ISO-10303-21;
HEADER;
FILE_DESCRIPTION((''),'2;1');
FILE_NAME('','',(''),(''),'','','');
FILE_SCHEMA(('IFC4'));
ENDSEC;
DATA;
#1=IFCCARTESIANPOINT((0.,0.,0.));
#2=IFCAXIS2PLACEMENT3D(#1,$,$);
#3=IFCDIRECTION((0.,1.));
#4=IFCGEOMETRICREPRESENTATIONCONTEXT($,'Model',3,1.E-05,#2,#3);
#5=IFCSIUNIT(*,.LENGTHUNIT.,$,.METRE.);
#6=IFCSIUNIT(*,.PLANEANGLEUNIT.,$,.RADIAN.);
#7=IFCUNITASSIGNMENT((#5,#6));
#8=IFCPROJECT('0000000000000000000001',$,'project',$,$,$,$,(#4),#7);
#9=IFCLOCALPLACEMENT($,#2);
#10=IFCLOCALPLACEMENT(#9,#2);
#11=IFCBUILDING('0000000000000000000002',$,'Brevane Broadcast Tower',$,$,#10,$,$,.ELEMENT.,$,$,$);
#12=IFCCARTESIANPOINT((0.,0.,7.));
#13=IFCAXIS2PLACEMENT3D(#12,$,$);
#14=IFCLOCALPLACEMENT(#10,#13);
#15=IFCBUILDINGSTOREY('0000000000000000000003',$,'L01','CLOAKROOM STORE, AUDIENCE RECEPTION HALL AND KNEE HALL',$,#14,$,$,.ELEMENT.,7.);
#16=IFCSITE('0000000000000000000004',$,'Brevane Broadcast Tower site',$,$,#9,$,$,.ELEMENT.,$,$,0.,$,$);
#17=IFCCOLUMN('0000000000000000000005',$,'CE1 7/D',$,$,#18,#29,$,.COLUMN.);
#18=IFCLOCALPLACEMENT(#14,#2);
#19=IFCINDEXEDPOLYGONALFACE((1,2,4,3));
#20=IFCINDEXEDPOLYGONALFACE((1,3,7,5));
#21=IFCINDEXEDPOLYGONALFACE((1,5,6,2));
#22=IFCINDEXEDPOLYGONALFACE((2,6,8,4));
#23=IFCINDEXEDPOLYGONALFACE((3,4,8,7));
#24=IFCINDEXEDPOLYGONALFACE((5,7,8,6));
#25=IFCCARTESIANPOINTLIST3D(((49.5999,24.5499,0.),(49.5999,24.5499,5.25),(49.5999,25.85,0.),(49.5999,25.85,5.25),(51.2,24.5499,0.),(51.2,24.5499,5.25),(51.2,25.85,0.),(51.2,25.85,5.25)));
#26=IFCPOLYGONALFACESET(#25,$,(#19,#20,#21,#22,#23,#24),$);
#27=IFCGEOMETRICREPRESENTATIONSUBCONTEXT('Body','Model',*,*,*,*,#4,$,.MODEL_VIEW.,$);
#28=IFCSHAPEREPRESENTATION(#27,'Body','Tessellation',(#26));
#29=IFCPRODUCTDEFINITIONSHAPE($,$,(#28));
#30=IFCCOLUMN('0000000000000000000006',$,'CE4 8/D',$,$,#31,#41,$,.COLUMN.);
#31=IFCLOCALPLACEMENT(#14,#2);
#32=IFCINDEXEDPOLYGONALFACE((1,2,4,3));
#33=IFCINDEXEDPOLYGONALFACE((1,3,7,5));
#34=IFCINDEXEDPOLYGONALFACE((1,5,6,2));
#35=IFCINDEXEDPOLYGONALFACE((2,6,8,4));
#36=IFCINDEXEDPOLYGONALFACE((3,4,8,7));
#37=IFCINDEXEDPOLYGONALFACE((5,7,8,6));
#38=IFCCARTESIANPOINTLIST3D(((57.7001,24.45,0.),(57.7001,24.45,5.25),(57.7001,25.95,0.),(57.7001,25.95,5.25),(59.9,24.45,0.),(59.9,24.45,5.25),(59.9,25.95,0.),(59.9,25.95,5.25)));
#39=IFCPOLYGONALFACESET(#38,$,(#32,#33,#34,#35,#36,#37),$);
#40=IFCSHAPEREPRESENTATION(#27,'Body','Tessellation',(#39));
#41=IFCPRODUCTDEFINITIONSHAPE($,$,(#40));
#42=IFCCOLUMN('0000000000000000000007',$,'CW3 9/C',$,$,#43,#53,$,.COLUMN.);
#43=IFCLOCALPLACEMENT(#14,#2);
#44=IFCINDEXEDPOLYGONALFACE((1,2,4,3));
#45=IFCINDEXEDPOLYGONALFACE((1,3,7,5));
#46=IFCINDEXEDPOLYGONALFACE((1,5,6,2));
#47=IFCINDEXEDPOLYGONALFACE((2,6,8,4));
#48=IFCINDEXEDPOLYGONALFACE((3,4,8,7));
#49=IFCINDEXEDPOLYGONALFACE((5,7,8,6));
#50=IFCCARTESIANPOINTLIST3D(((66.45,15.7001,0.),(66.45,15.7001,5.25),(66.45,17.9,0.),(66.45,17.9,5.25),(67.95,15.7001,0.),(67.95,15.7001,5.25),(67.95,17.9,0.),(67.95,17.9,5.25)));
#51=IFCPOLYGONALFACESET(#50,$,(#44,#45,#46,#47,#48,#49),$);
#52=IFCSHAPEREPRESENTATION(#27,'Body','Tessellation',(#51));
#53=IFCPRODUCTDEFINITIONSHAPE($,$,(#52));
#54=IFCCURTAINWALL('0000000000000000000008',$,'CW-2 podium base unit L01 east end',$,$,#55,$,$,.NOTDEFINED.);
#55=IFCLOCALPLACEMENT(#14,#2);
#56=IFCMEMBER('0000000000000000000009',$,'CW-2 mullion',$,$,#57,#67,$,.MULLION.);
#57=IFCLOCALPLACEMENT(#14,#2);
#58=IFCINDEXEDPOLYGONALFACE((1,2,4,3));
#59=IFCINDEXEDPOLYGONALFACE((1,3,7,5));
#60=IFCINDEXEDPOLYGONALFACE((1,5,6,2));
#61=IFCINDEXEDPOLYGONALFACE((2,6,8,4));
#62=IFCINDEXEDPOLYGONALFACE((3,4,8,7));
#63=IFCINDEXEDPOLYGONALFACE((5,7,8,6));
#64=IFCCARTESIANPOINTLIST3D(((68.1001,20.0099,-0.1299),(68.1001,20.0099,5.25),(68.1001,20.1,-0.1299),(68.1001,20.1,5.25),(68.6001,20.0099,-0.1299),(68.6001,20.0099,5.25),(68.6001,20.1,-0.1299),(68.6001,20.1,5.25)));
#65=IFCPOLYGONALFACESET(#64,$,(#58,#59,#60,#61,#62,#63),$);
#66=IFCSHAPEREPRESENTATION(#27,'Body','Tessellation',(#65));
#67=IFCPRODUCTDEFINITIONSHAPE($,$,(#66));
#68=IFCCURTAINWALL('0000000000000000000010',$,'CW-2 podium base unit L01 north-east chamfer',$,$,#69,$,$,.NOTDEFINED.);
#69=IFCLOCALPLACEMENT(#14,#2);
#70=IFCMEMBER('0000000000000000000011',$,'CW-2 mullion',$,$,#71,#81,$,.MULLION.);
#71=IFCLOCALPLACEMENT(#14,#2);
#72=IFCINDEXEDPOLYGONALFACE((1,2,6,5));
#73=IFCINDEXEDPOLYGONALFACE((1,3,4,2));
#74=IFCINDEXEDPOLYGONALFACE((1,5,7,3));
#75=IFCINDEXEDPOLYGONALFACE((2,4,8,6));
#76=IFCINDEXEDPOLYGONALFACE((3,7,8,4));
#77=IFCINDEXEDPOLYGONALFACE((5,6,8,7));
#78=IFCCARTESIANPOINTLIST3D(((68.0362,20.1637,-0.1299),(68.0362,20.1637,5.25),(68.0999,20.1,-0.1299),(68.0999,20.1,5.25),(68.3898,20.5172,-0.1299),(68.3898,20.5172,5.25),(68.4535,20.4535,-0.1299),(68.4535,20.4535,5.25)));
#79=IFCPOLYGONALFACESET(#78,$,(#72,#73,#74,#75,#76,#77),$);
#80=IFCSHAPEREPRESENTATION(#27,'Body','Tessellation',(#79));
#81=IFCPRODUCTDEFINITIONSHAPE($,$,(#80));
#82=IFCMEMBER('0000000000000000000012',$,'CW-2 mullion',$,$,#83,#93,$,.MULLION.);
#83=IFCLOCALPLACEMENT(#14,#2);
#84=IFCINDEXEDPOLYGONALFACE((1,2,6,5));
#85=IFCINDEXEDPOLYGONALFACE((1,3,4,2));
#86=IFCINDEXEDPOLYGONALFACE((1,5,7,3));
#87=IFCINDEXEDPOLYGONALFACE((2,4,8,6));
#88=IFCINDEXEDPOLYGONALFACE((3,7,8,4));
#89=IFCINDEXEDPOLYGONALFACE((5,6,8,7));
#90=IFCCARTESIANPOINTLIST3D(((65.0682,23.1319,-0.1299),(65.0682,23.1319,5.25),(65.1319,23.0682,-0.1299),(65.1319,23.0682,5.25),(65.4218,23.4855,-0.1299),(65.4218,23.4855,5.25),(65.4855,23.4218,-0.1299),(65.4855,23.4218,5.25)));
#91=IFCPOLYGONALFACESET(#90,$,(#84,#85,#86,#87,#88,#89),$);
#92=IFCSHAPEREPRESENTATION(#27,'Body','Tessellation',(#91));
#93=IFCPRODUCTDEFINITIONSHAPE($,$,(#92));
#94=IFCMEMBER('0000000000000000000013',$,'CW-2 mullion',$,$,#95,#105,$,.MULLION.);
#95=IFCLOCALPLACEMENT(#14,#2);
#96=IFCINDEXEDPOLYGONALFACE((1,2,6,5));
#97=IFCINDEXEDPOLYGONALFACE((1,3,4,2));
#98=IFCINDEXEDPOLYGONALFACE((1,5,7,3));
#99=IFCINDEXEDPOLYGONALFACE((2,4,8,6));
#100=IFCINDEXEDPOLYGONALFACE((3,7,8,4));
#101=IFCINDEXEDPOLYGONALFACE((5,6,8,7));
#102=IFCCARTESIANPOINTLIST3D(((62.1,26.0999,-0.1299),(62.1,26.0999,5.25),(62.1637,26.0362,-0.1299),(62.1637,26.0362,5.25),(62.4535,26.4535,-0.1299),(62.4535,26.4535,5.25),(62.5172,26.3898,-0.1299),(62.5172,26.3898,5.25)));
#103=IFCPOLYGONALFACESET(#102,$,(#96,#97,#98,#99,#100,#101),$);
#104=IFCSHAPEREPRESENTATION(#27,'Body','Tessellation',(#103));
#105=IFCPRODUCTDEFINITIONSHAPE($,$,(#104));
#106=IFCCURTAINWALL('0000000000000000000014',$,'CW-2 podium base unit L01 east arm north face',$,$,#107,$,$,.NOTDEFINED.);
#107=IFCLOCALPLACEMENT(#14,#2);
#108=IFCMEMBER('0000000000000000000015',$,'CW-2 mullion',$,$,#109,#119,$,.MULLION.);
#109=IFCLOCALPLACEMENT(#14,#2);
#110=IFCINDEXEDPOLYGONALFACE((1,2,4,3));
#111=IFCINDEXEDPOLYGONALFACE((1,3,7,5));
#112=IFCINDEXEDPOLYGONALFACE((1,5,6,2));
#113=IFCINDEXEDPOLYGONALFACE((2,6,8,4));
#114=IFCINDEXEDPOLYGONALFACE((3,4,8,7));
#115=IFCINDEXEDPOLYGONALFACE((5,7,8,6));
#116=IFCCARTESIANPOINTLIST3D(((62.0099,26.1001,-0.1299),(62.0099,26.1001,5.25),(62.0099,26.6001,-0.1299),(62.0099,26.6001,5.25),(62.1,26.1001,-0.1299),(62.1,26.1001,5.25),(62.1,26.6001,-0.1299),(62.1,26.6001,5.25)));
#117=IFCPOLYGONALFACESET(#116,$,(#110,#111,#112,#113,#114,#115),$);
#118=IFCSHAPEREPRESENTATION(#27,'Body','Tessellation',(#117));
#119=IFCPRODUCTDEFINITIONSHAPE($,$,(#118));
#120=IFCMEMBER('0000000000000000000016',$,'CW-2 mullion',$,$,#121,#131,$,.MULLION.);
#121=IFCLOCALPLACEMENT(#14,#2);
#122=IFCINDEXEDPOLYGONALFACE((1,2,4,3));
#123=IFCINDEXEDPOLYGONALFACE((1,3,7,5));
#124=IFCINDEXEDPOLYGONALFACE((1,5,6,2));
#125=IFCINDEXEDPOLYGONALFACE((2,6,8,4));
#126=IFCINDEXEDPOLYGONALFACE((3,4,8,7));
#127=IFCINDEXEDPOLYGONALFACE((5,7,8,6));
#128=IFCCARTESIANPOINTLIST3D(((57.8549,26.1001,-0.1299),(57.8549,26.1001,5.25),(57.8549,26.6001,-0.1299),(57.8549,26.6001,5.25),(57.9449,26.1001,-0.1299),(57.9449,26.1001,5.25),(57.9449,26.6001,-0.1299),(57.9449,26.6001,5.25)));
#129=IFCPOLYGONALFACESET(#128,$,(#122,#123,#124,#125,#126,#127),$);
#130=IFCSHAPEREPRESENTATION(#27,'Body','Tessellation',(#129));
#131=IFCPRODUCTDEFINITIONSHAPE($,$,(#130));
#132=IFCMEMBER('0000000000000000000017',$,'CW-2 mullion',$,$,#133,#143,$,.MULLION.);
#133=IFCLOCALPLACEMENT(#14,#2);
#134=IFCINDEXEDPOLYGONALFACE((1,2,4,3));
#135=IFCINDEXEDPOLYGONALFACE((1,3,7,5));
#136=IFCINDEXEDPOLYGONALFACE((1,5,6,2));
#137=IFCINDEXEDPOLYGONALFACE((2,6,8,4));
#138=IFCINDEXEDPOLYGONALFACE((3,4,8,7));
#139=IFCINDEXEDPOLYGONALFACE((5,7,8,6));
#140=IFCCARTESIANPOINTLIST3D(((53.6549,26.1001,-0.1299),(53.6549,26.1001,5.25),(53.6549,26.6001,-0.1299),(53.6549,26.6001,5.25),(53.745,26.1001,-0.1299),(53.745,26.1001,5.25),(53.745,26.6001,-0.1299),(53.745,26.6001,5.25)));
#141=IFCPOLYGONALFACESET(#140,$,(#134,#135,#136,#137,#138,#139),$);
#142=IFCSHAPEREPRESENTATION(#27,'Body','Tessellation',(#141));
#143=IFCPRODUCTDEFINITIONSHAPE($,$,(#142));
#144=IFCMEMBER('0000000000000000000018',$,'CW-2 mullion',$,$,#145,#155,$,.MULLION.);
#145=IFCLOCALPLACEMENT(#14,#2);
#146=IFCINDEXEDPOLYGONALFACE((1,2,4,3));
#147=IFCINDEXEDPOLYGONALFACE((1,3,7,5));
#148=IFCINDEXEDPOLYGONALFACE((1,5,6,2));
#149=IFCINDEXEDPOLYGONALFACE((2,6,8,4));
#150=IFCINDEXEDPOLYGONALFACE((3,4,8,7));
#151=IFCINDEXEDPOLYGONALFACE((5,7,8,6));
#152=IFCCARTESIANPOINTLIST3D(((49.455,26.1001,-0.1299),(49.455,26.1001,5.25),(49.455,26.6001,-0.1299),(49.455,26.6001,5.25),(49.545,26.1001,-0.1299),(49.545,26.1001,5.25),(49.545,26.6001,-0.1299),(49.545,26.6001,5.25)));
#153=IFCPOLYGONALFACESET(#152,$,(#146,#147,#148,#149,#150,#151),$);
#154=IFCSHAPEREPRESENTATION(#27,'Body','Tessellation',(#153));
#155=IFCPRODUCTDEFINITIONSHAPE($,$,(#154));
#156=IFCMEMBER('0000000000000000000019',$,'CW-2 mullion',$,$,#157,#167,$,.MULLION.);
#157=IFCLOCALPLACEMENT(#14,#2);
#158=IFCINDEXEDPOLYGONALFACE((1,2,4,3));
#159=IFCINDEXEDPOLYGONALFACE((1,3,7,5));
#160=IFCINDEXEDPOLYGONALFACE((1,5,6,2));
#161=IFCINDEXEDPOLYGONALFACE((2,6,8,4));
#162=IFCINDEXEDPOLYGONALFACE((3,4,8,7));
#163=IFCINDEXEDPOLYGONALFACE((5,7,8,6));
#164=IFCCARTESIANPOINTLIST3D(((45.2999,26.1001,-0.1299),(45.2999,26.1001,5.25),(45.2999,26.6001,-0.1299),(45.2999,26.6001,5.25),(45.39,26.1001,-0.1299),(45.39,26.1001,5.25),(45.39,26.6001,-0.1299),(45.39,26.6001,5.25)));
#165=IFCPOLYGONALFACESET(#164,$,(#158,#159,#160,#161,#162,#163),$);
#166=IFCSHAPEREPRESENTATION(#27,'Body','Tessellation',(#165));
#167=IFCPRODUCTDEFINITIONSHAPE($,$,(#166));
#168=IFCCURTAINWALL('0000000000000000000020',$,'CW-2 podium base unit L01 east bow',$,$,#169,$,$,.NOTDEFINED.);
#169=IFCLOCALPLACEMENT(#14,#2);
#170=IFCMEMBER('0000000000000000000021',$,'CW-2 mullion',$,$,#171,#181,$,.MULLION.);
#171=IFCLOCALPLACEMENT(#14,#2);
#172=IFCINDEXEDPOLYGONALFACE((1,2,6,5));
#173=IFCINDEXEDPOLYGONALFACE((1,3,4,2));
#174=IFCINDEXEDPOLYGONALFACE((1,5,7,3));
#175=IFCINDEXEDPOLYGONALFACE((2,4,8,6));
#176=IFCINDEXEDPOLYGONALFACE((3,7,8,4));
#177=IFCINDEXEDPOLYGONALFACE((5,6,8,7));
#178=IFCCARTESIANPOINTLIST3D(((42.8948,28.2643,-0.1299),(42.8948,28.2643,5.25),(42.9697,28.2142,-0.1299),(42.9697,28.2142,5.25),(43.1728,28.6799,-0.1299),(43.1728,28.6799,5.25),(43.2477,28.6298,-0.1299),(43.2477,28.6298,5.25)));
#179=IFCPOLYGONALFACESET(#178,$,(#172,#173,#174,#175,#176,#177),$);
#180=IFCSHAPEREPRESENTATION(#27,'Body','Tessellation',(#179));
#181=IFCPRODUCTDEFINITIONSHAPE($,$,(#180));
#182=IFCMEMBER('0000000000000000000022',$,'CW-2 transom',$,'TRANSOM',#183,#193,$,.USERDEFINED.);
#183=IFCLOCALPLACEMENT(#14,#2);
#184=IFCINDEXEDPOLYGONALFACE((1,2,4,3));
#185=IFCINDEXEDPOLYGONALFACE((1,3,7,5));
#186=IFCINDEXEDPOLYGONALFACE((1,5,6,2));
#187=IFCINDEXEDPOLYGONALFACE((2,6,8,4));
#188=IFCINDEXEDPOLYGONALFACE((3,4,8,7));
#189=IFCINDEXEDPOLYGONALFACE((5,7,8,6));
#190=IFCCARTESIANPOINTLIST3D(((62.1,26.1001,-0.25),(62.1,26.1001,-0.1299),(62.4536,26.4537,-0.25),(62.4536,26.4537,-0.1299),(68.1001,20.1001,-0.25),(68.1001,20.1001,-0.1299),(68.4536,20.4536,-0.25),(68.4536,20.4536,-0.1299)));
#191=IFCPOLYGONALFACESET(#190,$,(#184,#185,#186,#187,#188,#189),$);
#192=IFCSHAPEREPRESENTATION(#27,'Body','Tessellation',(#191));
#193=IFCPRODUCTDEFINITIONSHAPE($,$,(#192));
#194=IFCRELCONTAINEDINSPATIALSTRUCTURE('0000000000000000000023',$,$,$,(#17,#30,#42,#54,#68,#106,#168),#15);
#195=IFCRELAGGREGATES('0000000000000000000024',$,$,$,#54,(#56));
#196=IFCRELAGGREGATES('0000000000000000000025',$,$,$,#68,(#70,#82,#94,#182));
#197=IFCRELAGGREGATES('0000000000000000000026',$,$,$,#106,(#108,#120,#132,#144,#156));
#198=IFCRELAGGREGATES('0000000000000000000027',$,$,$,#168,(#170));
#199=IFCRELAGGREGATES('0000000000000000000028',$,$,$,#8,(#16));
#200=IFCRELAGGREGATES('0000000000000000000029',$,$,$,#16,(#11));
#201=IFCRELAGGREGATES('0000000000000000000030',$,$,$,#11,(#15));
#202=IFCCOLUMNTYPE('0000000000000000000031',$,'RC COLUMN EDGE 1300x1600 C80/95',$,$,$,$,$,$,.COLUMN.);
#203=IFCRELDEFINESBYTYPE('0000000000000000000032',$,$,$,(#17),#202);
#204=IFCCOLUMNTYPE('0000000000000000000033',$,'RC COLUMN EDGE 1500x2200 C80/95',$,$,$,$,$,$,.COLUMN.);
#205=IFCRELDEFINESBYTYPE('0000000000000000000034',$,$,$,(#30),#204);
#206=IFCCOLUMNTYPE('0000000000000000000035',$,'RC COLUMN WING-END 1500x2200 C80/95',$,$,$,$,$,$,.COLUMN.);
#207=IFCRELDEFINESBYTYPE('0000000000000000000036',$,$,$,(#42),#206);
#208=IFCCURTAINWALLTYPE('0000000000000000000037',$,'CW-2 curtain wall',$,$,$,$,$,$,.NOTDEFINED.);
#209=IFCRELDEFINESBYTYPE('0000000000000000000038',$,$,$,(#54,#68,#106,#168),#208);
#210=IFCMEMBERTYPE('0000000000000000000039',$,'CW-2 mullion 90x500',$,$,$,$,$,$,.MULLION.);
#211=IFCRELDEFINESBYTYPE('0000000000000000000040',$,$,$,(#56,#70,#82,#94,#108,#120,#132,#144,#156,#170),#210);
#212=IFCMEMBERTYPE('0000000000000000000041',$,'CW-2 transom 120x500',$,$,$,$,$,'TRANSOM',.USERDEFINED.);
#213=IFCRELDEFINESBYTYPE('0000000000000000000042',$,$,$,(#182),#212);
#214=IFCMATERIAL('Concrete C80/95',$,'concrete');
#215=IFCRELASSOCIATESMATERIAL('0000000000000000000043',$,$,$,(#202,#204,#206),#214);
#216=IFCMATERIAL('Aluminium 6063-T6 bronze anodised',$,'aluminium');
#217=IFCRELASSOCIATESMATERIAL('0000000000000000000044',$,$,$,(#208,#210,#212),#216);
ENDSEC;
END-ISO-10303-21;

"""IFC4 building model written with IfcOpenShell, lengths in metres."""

from ifc_helpers import new_model, si_unit, direction, frame, origin, origin_2d, place, context, subcontext, project, spatial, rectangle, extrude, material, material_profile, profile_set, type_object, element, aggregate, save


model = new_model("IFC4")

# Units and contexts
model_context = context("Model", 3, precision=1e-05, world=origin(), true_north=direction((0.0, 1.0)))
body_context = subcontext(model_context, "Body", "Model", "MODEL_VIEW")
ifc_project = project(units=[si_unit("LENGTHUNIT", "METRE"), si_unit("PLANEANGLEUNIT", "RADIAN")], contexts=[model_context])

# Site, building, storey
site_placement = place(None, origin())
site = spatial("IfcSite", under=ifc_project, at=site_placement, Name="Brevane Broadcast Tower site", CompositionType="ELEMENT", RefElevation=0.0)
building_placement = place(site_placement, origin())
building = spatial("IfcBuilding", under=site, at=building_placement, Name="Brevane Broadcast Tower", CompositionType="ELEMENT")
storey_placement = place(building_placement, frame((0.0, 0.0, 7.0)))
storey = spatial("IfcBuildingStorey", under=building, at=storey_placement, Name="L01", Description="CLOAKROOM STORE, AUDIENCE RECEPTION HALL AND KNEE HALL", CompositionType="ELEMENT", Elevation=7.0)

# Columns
ifc_material_1 = material(Name="Concrete C80/95", Category="concrete")
ifc_material_profile_1 = material_profile(ifc_material_1, rectangle(XDim=1.3, YDim=1.6001, at=origin_2d()), Name="RC 1300x1600")
ifc_profile_set_1 = profile_set([ifc_material_profile_1], Name="Concrete C80/95")
column_type_1 = type_object("IfcColumnType", Name="RC COLUMN EDGE 1300x1600 C80/95", PredefinedType="COLUMN", material=ifc_profile_set_1)
column_1_placement = place(storey_placement, frame((50.3999, 25.2, 0.0), z_axis=(0.0, 0.0, 1.0), x_axis=(0.0, 1.0, 0.0)))
element("IfcColumn", 1, at=column_1_placement, inside=storey, type_object=column_type_1, Name="CE1 7/D", PredefinedType="COLUMN", context=body_context, shape_type="SweptSolid", body=[
    extrude(rectangle(XDim=1.3, YDim=1.6001, at=origin_2d()), origin(), (0.0, 0.0, 1.0), 5.25),
])
ifc_material_profile_2 = material_profile(ifc_material_1, rectangle(XDim=1.5, YDim=2.2, at=origin_2d()), Name="RC 1500x2200")
ifc_profile_set_2 = profile_set([ifc_material_profile_2], Name="Concrete C80/95")
column_type_2 = type_object("IfcColumnType", Name="RC COLUMN EDGE 1500x2200 C80/95", PredefinedType="COLUMN", material=ifc_profile_set_2)
column_2_placement = place(storey_placement, frame((58.8, 25.2, 0.0), z_axis=(0.0, 0.0, 1.0), x_axis=(0.0, 1.0, 0.0)))
element("IfcColumn", 2, at=column_2_placement, inside=storey, type_object=column_type_2, Name="CE4 8/D", PredefinedType="COLUMN", context=body_context, shape_type="SweptSolid", body=[
    extrude(rectangle(XDim=1.5, YDim=2.2, at=origin_2d()), origin(), (0.0, 0.0, 1.0), 5.25),
])
ifc_material_profile_3 = material_profile(ifc_material_1, rectangle(XDim=1.5, YDim=2.2, at=origin_2d()), Name="RC 1500x2200")
ifc_profile_set_3 = profile_set([ifc_material_profile_3], Name="Concrete C80/95")
column_type_3 = type_object("IfcColumnType", Name="RC COLUMN WING-END 1500x2200 C80/95", PredefinedType="COLUMN", material=ifc_profile_set_3)
column_3_placement = place(storey_placement, frame((67.2, 16.8, 0.0), z_axis=(0.0, 0.0, 1.0), x_axis=(1.0, 0.0, 0.0)))
element("IfcColumn", 3, at=column_3_placement, inside=storey, type_object=column_type_3, Name="CW3 9/C", PredefinedType="COLUMN", context=body_context, shape_type="SweptSolid", body=[
    extrude(rectangle(XDim=1.5, YDim=2.2, at=origin_2d()), origin(), (0.0, 0.0, 1.0), 5.25),
])

# Curtain wall, member
ifc_material_2 = material(Name="Aluminium 6063-T6 bronze anodised", Category="aluminium")
curtain_wall_type = type_object("IfcCurtainWallType", Name="CW-2 curtain wall", PredefinedType="NOTDEFINED", material=ifc_material_2)
curtain_wall_1_placement = place(storey_placement, origin())
curtain_wall_1 = element("IfcCurtainWall", 4, at=curtain_wall_1_placement, inside=storey, type_object=curtain_wall_type, Name="CW-2 podium base unit L01 east end", PredefinedType="NOTDEFINED")
ifc_material_profile_4 = material_profile(ifc_material_2, rectangle(XDim=0.5, YDim=0.0901, at=origin_2d()), Name="RECT 90x500")
ifc_profile_set_4 = profile_set([ifc_material_profile_4], Name="Aluminium 6063-T6 bronze anodised")
member_type_1 = type_object("IfcMemberType", Name="CW-2 mullion 90x500", PredefinedType="MULLION", material=ifc_profile_set_4)
member_1_placement = place(storey_placement, frame((68.3501, 20.0549, -0.1299), z_axis=(0.0, 0.0, 1.0), x_axis=(-1.0, 0.0, 0.0)))
member_1 = element("IfcMember", 5, at=member_1_placement, type_object=member_type_1, Name="CW-2 mullion", PredefinedType="MULLION", context=body_context, shape_type="SweptSolid", body=[
    extrude(rectangle(XDim=0.5, YDim=0.0901, at=origin_2d()), origin(), (0.0, 0.0, 1.0), 5.3799),
])
aggregate(curtain_wall_1, [member_1])

# Curtain walls, members
curtain_wall_2_placement = place(storey_placement, origin())
curtain_wall_2 = element("IfcCurtainWall", 6, at=curtain_wall_2_placement, inside=storey, type_object=curtain_wall_type, Name="CW-2 podium base unit L01 north-east chamfer", PredefinedType="NOTDEFINED")
member_2_placement = place(storey_placement, frame((68.2449, 20.3086, -0.1299), z_axis=(0.0, 0.0, 1.0), x_axis=(-0.707107, -0.707107, 0.0)))
member_2 = element("IfcMember", 7, at=member_2_placement, type_object=member_type_1, Name="CW-2 mullion", PredefinedType="MULLION", context=body_context, shape_type="SweptSolid", body=[
    extrude(rectangle(XDim=0.5, YDim=0.0901, at=origin_2d()), origin(), (0.0, 0.0, 1.0), 5.3799),
])
member_3_placement = place(storey_placement, frame((65.2769, 23.2769, -0.1299), z_axis=(0.0, 0.0, 1.0), x_axis=(-0.707107, -0.707107, 0.0)))
member_3 = element("IfcMember", 8, at=member_3_placement, type_object=member_type_1, Name="CW-2 mullion", PredefinedType="MULLION", context=body_context, shape_type="SweptSolid", body=[
    extrude(rectangle(XDim=0.5, YDim=0.0901, at=origin_2d()), origin(), (0.0, 0.0, 1.0), 5.3799),
])
member_4_placement = place(storey_placement, frame((62.3086, 26.2449, -0.1299), z_axis=(0.0, 0.0, 1.0), x_axis=(-0.707107, -0.707107, 0.0)))
member_4 = element("IfcMember", 9, at=member_4_placement, type_object=member_type_1, Name="CW-2 mullion", PredefinedType="MULLION", context=body_context, shape_type="SweptSolid", body=[
    extrude(rectangle(XDim=0.5, YDim=0.0901, at=origin_2d()), origin(), (0.0, 0.0, 1.0), 5.3799),
])
curtain_wall_3_placement = place(storey_placement, origin())
curtain_wall_3 = element("IfcCurtainWall", 10, at=curtain_wall_3_placement, inside=storey, type_object=curtain_wall_type, Name="CW-2 podium base unit L01 east arm north face", PredefinedType="NOTDEFINED")
member_5_placement = place(storey_placement, frame((62.0549, 26.3501, -0.1299), z_axis=(0.0, 0.0, 1.0), x_axis=(0.0, -1.0, 0.0)))
member_5 = element("IfcMember", 11, at=member_5_placement, type_object=member_type_1, Name="CW-2 mullion", PredefinedType="MULLION", context=body_context, shape_type="SweptSolid", body=[
    extrude(rectangle(XDim=0.5, YDim=0.0901, at=origin_2d()), origin(), (0.0, 0.0, 1.0), 5.3799),
])
member_6_placement = place(storey_placement, frame((57.8999, 26.3501, -0.1299), z_axis=(0.0, 0.0, 1.0), x_axis=(0.0, -1.0, 0.0)))
member_6 = element("IfcMember", 12, at=member_6_placement, type_object=member_type_1, Name="CW-2 mullion", PredefinedType="MULLION", context=body_context, shape_type="SweptSolid", body=[
    extrude(rectangle(XDim=0.5, YDim=0.0901, at=origin_2d()), origin(), (0.0, 0.0, 1.0), 5.3799),
])
member_7_placement = place(storey_placement, frame((53.7, 26.3501, -0.1299), z_axis=(0.0, 0.0, 1.0), x_axis=(0.0, -1.0, 0.0)))
member_7 = element("IfcMember", 13, at=member_7_placement, type_object=member_type_1, Name="CW-2 mullion", PredefinedType="MULLION", context=body_context, shape_type="SweptSolid", body=[
    extrude(rectangle(XDim=0.5, YDim=0.0901, at=origin_2d()), origin(), (0.0, 0.0, 1.0), 5.3799),
])
member_8_placement = place(storey_placement, frame((49.5, 26.3501, -0.1299), z_axis=(0.0, 0.0, 1.0), x_axis=(0.0, -1.0, 0.0)))
member_8 = element("IfcMember", 14, at=member_8_placement, type_object=member_type_1, Name="CW-2 mullion", PredefinedType="MULLION", context=body_context, shape_type="SweptSolid", body=[
    extrude(rectangle(XDim=0.5, YDim=0.0901, at=origin_2d()), origin(), (0.0, 0.0, 1.0), 5.3799),
])
member_9_placement = place(storey_placement, frame((45.345, 26.3501, -0.1299), z_axis=(0.0, 0.0, 1.0), x_axis=(0.0, -1.0, 0.0)))
member_9 = element("IfcMember", 15, at=member_9_placement, type_object=member_type_1, Name="CW-2 mullion", PredefinedType="MULLION", context=body_context, shape_type="SweptSolid", body=[
    extrude(rectangle(XDim=0.5, YDim=0.0901, at=origin_2d()), origin(), (0.0, 0.0, 1.0), 5.3799),
])

# Curtain wall, member
curtain_wall_4_placement = place(storey_placement, origin())
curtain_wall_4 = element("IfcCurtainWall", 16, at=curtain_wall_4_placement, inside=storey, type_object=curtain_wall_type, Name="CW-2 podium base unit L01 east bow", PredefinedType="NOTDEFINED")
member_10_placement = place(storey_placement, frame((43.0713, 28.447, -0.1299), z_axis=(0.0, 0.0, 1.0), x_axis=(-0.555997, -0.831184, 0.0)))
member_10 = element("IfcMember", 17, at=member_10_placement, type_object=member_type_1, Name="CW-2 mullion", PredefinedType="MULLION", context=body_context, shape_type="SweptSolid", body=[
    extrude(rectangle(XDim=0.5, YDim=0.0901, at=origin_2d()), origin(), (0.0, 0.0, 1.0), 5.3799),
])

# Member
ifc_material_profile_5 = material_profile(ifc_material_2, rectangle(XDim=0.5, YDim=0.1201, at=origin_2d()), Name="RECT 120x500")
ifc_profile_set_5 = profile_set([ifc_material_profile_5], Name="Aluminium 6063-T6 bronze anodised")
member_type_2 = type_object("IfcMemberType", Name="CW-2 transom 120x500", ElementType="TRANSOM", PredefinedType="USERDEFINED", material=ifc_profile_set_5)
member_11_placement = place(storey_placement, frame((68.2769, 20.2769, -0.1899), z_axis=(-0.707107, 0.707107, 0.0), x_axis=(-0.707107, -0.707107, 0.0)))
member_11 = element("IfcMember", 18, at=member_11_placement, type_object=member_type_2, Name="CW-2 transom", ObjectType="TRANSOM", PredefinedType="USERDEFINED", context=body_context, shape_type="SweptSolid", body=[
    extrude(rectangle(XDim=0.5, YDim=0.1201, at=origin_2d()), origin(), (0.0, 0.0, 1.0), 8.4854),
])
aggregate(curtain_wall_2, [member_2, member_3, member_4, member_11])
aggregate(curtain_wall_3, [member_5, member_6, member_7, member_8, member_9])
aggregate(curtain_wall_4, [member_10])

save(model, "model.ifc")
